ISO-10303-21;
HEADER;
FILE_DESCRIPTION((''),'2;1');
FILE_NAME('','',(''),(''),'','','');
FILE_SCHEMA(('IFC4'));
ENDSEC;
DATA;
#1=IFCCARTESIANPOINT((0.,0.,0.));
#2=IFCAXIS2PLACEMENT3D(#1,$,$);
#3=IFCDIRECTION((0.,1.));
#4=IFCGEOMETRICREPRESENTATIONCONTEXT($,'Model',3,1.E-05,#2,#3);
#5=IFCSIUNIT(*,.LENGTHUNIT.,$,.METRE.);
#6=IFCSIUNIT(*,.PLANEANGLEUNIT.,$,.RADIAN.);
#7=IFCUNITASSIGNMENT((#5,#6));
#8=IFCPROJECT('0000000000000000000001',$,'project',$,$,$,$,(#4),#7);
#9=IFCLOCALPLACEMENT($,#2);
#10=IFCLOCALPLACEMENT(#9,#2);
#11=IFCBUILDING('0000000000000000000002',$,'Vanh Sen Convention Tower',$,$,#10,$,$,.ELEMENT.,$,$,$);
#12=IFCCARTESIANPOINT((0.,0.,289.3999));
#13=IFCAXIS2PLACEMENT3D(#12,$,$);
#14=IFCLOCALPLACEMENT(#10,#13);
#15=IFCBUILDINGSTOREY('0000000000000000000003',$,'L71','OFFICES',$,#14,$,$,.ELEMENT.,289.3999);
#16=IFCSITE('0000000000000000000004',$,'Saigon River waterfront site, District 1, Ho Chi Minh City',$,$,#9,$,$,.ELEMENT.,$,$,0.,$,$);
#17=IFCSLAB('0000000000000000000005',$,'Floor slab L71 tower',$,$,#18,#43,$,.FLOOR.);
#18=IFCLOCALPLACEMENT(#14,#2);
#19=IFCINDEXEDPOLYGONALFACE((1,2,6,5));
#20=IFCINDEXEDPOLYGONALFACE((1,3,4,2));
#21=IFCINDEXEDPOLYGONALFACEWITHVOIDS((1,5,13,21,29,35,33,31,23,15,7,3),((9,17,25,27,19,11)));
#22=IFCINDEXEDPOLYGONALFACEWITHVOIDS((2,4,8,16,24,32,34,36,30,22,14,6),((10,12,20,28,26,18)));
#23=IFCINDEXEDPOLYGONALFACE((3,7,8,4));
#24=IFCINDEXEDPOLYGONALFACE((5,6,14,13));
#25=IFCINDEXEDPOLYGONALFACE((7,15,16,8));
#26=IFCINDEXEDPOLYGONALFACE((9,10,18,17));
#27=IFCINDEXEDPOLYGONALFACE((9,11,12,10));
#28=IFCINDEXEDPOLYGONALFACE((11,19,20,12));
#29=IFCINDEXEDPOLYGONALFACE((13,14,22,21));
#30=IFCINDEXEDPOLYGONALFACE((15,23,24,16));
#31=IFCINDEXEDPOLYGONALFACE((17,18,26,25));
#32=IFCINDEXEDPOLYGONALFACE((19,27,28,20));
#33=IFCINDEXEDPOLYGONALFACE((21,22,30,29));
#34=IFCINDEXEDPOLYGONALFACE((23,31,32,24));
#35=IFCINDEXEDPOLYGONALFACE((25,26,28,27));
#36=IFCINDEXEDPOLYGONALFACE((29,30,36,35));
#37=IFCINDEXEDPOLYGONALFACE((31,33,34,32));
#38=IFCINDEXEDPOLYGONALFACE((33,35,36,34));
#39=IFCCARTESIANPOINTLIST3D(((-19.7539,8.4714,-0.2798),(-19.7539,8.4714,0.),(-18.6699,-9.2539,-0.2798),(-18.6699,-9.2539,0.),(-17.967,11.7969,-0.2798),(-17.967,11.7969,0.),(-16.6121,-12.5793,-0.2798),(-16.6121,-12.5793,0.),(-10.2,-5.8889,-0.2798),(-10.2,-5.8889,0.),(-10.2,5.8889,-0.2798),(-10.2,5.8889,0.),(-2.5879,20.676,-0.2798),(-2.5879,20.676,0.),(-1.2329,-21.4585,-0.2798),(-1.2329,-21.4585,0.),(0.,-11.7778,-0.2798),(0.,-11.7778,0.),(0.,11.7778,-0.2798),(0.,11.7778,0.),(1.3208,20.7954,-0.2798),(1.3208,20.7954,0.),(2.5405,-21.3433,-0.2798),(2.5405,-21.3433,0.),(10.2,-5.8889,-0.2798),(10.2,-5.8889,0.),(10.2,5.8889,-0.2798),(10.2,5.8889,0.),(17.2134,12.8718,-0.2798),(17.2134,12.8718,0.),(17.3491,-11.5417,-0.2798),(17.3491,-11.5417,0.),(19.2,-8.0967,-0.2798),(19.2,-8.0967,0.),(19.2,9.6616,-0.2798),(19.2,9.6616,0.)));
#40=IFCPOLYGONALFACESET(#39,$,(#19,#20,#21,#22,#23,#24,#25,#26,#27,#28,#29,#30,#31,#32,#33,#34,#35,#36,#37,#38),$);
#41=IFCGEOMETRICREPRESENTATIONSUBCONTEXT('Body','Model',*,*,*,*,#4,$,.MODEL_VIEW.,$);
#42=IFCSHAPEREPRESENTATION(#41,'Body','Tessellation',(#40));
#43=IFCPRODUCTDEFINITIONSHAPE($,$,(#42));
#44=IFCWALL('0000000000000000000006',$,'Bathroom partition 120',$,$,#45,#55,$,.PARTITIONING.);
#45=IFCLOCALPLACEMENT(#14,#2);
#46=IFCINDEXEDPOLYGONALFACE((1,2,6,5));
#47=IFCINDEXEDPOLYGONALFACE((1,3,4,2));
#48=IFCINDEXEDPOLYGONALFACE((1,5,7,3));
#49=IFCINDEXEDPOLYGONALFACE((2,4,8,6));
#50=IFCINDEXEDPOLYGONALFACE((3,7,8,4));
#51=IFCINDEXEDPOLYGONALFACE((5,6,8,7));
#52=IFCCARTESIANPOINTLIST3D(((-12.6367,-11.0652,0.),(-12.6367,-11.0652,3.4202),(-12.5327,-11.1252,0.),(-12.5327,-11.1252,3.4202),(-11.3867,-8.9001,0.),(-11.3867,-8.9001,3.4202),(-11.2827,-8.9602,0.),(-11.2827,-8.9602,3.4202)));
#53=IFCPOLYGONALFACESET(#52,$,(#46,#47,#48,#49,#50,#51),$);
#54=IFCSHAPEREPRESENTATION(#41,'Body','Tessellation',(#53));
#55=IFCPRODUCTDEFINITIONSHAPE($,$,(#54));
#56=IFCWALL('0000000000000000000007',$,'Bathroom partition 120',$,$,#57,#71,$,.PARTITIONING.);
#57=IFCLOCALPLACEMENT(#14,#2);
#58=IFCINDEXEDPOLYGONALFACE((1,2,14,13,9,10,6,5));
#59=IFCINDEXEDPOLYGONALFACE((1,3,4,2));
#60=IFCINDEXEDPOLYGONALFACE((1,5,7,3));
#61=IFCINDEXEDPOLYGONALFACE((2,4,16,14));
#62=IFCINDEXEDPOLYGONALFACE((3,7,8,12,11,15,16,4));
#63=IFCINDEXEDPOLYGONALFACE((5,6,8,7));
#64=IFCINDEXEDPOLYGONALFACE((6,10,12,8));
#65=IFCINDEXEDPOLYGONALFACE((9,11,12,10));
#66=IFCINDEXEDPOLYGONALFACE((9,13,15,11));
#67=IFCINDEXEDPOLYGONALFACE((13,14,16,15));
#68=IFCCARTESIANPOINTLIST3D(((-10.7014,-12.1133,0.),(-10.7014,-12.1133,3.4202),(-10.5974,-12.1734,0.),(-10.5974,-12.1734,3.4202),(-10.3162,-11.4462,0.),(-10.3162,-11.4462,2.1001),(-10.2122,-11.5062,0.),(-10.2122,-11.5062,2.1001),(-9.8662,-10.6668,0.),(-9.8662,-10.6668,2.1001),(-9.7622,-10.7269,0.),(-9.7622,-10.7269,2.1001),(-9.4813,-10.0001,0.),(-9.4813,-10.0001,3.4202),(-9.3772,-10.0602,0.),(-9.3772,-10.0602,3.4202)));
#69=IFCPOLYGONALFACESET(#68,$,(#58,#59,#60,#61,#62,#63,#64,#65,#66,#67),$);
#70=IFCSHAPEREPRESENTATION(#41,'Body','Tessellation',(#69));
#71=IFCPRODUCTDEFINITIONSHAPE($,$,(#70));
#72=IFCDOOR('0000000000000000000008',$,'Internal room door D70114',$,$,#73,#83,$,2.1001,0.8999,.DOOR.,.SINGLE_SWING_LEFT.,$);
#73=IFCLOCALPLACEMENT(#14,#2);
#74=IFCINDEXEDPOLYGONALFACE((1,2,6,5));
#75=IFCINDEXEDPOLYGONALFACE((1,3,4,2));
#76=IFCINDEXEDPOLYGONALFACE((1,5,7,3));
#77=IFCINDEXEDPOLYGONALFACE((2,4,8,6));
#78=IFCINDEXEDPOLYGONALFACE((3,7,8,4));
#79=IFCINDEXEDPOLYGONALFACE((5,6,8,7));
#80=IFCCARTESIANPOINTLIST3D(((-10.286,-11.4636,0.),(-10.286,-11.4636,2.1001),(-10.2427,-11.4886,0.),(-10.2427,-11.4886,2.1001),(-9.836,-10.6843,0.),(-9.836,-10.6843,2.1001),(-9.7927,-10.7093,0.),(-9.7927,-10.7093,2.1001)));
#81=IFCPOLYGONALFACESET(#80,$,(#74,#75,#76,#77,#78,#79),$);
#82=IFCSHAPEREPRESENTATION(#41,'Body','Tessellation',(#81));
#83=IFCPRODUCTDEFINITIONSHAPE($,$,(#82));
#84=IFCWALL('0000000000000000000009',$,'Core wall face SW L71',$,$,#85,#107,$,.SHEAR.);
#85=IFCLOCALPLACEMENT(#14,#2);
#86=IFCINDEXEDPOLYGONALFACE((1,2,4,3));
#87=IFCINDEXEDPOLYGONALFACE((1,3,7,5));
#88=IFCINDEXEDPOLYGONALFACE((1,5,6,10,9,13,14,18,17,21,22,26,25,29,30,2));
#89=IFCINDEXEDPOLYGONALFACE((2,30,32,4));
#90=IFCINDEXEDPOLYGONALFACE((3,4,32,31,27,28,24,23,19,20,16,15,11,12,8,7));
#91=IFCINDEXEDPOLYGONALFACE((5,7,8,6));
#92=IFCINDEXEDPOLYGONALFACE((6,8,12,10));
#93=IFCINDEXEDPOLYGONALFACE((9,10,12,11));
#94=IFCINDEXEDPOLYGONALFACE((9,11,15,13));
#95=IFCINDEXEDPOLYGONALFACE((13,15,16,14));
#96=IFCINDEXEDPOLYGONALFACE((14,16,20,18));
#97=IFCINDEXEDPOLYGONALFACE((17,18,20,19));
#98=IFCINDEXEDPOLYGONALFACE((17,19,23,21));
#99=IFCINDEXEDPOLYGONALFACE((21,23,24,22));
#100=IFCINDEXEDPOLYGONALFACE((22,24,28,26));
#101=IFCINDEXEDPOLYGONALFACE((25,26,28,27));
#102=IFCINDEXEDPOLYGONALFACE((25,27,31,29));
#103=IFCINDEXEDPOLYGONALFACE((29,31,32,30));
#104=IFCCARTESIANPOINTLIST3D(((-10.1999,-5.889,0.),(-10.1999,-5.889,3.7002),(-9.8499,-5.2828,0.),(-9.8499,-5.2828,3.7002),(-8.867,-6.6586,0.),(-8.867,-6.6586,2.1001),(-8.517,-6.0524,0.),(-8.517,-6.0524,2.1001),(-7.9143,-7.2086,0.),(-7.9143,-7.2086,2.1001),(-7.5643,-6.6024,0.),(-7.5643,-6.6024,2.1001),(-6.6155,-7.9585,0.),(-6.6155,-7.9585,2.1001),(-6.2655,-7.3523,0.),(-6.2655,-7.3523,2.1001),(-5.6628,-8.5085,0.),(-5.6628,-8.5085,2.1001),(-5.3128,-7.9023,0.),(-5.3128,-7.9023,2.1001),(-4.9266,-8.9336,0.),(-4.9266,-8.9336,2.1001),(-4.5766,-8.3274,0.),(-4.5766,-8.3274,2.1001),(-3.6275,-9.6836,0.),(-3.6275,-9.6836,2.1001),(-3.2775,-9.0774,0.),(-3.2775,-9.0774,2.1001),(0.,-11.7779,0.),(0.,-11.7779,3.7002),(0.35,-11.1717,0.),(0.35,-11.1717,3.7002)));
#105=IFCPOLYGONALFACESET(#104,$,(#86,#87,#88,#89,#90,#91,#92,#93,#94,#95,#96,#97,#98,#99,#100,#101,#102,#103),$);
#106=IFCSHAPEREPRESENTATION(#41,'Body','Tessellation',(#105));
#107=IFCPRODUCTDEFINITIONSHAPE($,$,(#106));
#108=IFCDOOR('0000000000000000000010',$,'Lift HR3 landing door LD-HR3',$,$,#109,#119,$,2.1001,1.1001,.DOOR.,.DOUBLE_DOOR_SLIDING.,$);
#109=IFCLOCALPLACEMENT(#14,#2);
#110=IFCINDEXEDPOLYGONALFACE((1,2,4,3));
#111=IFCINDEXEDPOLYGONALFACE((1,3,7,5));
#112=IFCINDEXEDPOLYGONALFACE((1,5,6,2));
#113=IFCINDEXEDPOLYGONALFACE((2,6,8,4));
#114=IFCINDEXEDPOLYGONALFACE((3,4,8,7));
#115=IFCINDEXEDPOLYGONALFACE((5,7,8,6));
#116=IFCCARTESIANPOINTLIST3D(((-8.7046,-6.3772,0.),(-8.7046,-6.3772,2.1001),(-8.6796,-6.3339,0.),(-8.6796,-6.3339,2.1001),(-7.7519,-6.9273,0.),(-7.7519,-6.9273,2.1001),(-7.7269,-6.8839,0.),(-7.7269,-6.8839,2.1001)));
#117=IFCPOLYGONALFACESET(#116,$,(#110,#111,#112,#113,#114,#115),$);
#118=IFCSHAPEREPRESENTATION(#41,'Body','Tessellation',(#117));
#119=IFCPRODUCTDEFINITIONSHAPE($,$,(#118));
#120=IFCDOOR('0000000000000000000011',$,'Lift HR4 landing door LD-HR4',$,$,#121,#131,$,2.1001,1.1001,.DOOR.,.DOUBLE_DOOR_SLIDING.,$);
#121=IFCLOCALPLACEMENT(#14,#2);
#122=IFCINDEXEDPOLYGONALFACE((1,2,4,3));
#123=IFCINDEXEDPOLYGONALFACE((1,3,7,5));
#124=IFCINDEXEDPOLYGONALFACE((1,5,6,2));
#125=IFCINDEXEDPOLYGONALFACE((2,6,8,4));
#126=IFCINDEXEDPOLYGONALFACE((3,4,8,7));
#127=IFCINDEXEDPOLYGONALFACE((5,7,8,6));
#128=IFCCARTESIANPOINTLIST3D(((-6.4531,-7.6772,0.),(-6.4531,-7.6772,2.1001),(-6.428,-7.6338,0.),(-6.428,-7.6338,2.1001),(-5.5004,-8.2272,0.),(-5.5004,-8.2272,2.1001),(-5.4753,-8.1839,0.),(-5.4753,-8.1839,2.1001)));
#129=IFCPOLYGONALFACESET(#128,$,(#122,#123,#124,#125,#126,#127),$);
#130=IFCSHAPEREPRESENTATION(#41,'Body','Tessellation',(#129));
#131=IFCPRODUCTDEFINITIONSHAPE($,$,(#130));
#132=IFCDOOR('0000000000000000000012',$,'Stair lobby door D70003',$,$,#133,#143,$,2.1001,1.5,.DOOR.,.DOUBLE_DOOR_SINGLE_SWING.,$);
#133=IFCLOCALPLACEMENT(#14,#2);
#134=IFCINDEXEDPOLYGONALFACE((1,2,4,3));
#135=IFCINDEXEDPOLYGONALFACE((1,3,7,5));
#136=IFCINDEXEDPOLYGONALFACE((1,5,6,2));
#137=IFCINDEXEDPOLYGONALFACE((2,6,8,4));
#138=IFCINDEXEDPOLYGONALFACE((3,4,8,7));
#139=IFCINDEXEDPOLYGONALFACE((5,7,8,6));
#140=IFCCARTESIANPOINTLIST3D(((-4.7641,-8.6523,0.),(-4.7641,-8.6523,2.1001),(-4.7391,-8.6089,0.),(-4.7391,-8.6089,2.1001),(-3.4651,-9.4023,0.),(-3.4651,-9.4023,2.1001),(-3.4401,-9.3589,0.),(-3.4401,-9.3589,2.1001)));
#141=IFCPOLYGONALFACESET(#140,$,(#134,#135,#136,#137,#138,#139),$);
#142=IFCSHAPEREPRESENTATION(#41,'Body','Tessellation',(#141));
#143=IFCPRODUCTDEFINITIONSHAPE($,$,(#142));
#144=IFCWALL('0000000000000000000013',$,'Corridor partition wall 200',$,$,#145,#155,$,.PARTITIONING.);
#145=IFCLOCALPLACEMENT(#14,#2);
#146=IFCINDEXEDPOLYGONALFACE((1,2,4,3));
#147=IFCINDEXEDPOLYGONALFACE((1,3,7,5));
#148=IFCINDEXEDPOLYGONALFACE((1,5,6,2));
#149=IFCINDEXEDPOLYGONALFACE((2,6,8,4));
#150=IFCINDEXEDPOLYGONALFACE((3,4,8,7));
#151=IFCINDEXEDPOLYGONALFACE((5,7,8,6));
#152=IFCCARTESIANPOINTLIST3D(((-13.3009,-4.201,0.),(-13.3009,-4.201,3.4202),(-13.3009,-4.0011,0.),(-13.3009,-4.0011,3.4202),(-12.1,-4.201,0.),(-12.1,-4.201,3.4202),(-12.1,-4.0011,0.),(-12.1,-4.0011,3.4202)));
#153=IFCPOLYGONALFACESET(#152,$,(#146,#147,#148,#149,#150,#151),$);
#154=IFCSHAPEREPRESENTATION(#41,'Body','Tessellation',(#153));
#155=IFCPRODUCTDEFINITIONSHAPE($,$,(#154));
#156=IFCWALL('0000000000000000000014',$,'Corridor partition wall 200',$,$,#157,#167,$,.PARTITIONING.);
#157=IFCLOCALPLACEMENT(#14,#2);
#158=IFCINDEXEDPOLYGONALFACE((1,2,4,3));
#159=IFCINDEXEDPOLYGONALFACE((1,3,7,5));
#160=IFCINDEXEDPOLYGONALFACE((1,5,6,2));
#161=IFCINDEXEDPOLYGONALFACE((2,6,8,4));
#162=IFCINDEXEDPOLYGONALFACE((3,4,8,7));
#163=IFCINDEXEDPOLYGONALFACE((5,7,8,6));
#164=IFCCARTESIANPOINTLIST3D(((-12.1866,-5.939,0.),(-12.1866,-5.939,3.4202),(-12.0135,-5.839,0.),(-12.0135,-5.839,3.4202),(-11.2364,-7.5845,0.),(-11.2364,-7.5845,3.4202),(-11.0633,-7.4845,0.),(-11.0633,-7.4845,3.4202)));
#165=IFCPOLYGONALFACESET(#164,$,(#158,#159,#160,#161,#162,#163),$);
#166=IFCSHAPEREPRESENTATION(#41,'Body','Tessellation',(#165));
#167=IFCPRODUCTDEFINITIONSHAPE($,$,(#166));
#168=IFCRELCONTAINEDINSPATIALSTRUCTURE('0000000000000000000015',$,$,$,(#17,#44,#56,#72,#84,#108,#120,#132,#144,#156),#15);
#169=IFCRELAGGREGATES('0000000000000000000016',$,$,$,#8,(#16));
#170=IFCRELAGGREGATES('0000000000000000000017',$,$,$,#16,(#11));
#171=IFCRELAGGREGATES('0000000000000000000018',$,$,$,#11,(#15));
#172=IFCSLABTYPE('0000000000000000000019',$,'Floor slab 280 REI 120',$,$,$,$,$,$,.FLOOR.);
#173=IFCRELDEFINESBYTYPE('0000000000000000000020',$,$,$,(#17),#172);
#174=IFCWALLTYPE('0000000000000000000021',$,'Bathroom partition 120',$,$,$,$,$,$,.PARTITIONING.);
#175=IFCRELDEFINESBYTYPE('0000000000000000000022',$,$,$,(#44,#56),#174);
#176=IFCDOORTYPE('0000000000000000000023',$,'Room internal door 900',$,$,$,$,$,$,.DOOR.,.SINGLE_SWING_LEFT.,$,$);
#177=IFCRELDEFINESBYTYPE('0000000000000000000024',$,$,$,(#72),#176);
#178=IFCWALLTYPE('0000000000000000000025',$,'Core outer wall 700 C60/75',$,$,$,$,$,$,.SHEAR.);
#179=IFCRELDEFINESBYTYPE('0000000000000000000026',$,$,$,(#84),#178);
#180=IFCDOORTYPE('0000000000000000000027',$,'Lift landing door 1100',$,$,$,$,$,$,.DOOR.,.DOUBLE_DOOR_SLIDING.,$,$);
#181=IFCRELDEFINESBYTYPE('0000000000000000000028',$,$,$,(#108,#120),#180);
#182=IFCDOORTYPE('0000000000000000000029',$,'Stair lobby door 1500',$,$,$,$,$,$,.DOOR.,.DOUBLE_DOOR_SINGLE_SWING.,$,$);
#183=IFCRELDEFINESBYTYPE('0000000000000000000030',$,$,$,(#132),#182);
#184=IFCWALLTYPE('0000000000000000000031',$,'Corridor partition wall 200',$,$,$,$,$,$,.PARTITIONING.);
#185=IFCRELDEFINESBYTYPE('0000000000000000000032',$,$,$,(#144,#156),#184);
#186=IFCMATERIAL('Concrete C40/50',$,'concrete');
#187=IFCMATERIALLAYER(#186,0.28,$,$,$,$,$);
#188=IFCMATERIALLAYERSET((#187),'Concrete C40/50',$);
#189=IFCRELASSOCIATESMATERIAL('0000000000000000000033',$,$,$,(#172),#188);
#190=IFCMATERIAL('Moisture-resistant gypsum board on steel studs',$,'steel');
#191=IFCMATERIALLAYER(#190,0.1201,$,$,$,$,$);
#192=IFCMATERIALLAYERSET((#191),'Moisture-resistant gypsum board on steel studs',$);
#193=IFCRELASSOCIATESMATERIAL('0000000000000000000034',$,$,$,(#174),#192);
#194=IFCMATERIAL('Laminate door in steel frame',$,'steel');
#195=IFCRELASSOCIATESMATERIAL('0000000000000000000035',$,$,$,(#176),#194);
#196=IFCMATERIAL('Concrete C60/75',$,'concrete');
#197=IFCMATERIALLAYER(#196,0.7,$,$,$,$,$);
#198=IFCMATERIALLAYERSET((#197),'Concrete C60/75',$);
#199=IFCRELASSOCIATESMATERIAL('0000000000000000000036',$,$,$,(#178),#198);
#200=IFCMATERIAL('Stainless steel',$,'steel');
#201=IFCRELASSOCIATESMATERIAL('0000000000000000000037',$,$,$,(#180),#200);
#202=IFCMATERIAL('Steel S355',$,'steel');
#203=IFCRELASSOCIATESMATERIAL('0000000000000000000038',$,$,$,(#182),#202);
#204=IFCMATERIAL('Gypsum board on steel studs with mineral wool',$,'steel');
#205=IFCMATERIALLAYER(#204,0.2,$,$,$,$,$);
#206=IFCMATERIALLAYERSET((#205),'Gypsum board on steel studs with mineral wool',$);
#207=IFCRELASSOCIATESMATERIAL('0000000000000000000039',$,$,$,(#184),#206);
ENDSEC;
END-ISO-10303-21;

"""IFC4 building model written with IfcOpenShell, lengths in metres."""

from ifc_helpers import new_model, si_unit, direction, frame, frame_2d, origin, place, context, subcontext, project, spatial, polyline, rectangle, outline, extrude, material, layer, layer_set, type_object, element, fill, save


model = new_model("IFC4")

# Units and contexts
model_context = context("Model", 3, precision=1e-05, world=origin(), true_north=direction((0.0, 1.0)))
body_context = subcontext(model_context, "Body", "Model", "MODEL_VIEW")
ifc_project = project(units=[si_unit("LENGTHUNIT", "METRE"), si_unit("PLANEANGLEUNIT", "RADIAN")], contexts=[model_context])

# Site, building, storey
site_placement = place(None, origin())
site = spatial("IfcSite", under=ifc_project, at=site_placement, Name="Saigon River waterfront site, District 1, Ho Chi Minh City", CompositionType="ELEMENT", RefElevation=0.0)
building_placement = place(site_placement, origin())
building = spatial("IfcBuilding", under=site, at=building_placement, Name="Vanh Sen Convention Tower", CompositionType="ELEMENT")
storey_placement = place(building_placement, frame((0.0, 0.0, 289.3999)))
storey = spatial("IfcBuildingStorey", under=building, at=storey_placement, Name="L71", Description="OFFICES", CompositionType="ELEMENT", Elevation=289.3999)

# Slab
ifc_material_1 = material(Name="Concrete C40/50", Category="concrete")
ifc_layer_1 = layer(ifc_material_1, 0.28)
ifc_layer_set_1 = layer_set([ifc_layer_1], Name="Concrete C40/50")
slab_type = type_object("IfcSlabType", Name="Floor slab 280 REI 120", PredefinedType="FLOOR", material=ifc_layer_set_1)
slab_placement = place(storey_placement, frame((0.0, 0.0, -0.2798)))
element("IfcSlab", 1, at=slab_placement, inside=storey, type_object=slab_type, Name="Floor slab L71 tower", PredefinedType="FLOOR", context=body_context, shape_type="SweptSolid", body=[
    extrude(outline(polyline([(19.2, -8.0967), (19.2, 9.6616), (17.2134, 12.8718), (1.3208, 20.7954), (-2.5879, 20.676), (-17.967, 11.7969), (-19.7539, 8.4714), (-18.6699, -9.2539), (-16.6121, -12.5793), (-1.2329, -21.4585), (2.5405, -21.3433), (17.3491, -11.5417), (19.2, -8.0967)]), holes=[polyline([(0.0, 11.7778), (-10.2, 5.8889), (-10.2, -5.8889), (0.0, -11.7778), (10.2, -5.8889), (10.2, 5.8889), (0.0, 11.7778)])]), origin(), (0.0, 0.0, 1.0), 0.2798),
])

# Wall
ifc_material_2 = material(Name="Moisture-resistant gypsum board on steel studs", Category="steel")
ifc_layer_2 = layer(ifc_material_2, 0.1201)
ifc_layer_set_2 = layer_set([ifc_layer_2], Name="Moisture-resistant gypsum board on steel studs")
wall_type_1 = type_object("IfcWallType", Name="Bathroom partition 120", PredefinedType="PARTITIONING", material=ifc_layer_set_2)
wall_1_placement = place(storey_placement, frame((-12.5847, -11.0952, 0.0), z_axis=(0.0, 0.0, 1.0), x_axis=(0.500004, 0.866023, 0.0)))
element("IfcWall", 2, at=wall_1_placement, inside=storey, type_object=wall_type_1, Name="Bathroom partition 120", PredefinedType="PARTITIONING", context=body_context, shape_type="SweptSolid", body=[
    extrude(rectangle(XDim=2.5, YDim=0.1201, at=frame_2d((1.25, 0.0))), origin(), (0.0, 0.0, 1.0), 3.4202),
])

# Wall, opening, door
wall_2_placement = place(storey_placement, frame((-9.4292, -10.03, 0.0), z_axis=(0.0, 0.0, 1.0), x_axis=(-0.500034, -0.866006, 0.0)))
wall_2 = element("IfcWall", 3, at=wall_2_placement, inside=storey, type_object=wall_type_1, Name="Bathroom partition 120", PredefinedType="PARTITIONING", context=body_context, shape_type="SweptSolid", body=[
    extrude(rectangle(XDim=2.4402, YDim=0.1201, at=frame_2d((1.2202, 0.0))), origin(), (0.0, 0.0, 1.0), 3.4202),
])
opening_1_placement = place(wall_2_placement, frame((0.77, 0.0, 0.0)))
opening_1 = element("IfcOpeningElement", 4, at=opening_1_placement, cuts=wall_2, PredefinedType="OPENING", context=body_context, shape_type="SweptSolid", body=[
    extrude(rectangle(XDim=0.8999, YDim=2.1001, at=frame_2d((0.45, 1.05))), frame((0.0, 0.0701, 0.0), z_axis=(0.0, -1.0, 0.0), x_axis=(1.0, 0.0, 0.0)), (0.0, 0.0, 1.0), 0.1401),
])
ifc_material_3 = material(Name="Laminate door in steel frame", Category="steel")
door_type_1 = type_object("IfcDoorType", Name="Room internal door 900", OperationType="SINGLE_SWING_LEFT", PredefinedType="DOOR", material=ifc_material_3)
door_1_placement = place(opening_1_placement, origin())
door_1 = element("IfcDoor", 5, at=door_1_placement, inside=storey, type_object=door_type_1, Name="Internal room door D70114", OperationType="SINGLE_SWING_LEFT", OverallHeight=2.1001, OverallWidth=0.8999, PredefinedType="DOOR", context=body_context, shape_type="SweptSolid", body=[
    extrude(rectangle(XDim=0.8999, YDim=2.1001, at=frame_2d((0.45, 1.05))), frame((0.0, 0.0249, 0.0), z_axis=(0.0, -1.0, 0.0), x_axis=(1.0, 0.0, 0.0)), (0.0, 0.0, 1.0), 0.05),
])
fill(opening_1, door_1)

# Wall, openings, doors
ifc_material_4 = material(Name="Concrete C60/75", Category="concrete")
ifc_layer_3 = layer(ifc_material_4, 0.7)
ifc_layer_set_3 = layer_set([ifc_layer_3], Name="Concrete C60/75")
wall_type_2 = type_object("IfcWallType", Name="Core outer wall 700 C60/75", PredefinedType="SHEAR", material=ifc_layer_set_3)
wall_3_placement = place(storey_placement, frame((-10.0249, -5.5859, 0.0), z_axis=(0.0, 0.0, 1.0), x_axis=(0.866026, -0.499998, 0.0)))
wall_3 = element("IfcWall", 6, at=wall_3_placement, inside=storey, type_object=wall_type_2, Name="Core wall face SW L71", PredefinedType="SHEAR", context=body_context, shape_type="SweptSolid", body=[
    extrude(rectangle(XDim=11.7778, YDim=0.7, at=frame_2d((5.8889, 0.0))), origin(), (0.0, 0.0, 1.0), 3.7002),
])
opening_2_placement = place(wall_3_placement, frame((6.0891, 0.0, 0.0)))
opening_2 = element("IfcOpeningElement", 7, at=opening_2_placement, cuts=wall_3, PredefinedType="OPENING", context=body_context, shape_type="SweptSolid", body=[
    extrude(rectangle(XDim=1.5, YDim=2.1001, at=frame_2d((0.75, 1.05))), frame((0.0, 0.3599, 0.0), z_axis=(0.0, -1.0, 0.0), x_axis=(1.0, 0.0, 0.0)), (0.0, 0.0, 1.0), 0.72),
])
opening_3_placement = place(wall_3_placement, frame((1.5391, 0.0, 0.0)))
opening_3 = element("IfcOpeningElement", 8, at=opening_3_placement, cuts=wall_3, PredefinedType="OPENING", context=body_context, shape_type="SweptSolid", body=[
    extrude(rectangle(XDim=1.1001, YDim=2.1001, at=frame_2d((0.55, 1.05))), frame((0.0, 0.3599, 0.0), z_axis=(0.0, -1.0, 0.0), x_axis=(1.0, 0.0, 0.0)), (0.0, 0.0, 1.0), 0.72),
])
opening_4_placement = place(wall_3_placement, frame((4.1389, 0.0, 0.0)))
opening_4 = element("IfcOpeningElement", 9, at=opening_4_placement, cuts=wall_3, PredefinedType="OPENING", context=body_context, shape_type="SweptSolid", body=[
    extrude(rectangle(XDim=1.1001, YDim=2.1001, at=frame_2d((0.55, 1.05))), frame((0.0, 0.3599, 0.0), z_axis=(0.0, -1.0, 0.0), x_axis=(1.0, 0.0, 0.0)), (0.0, 0.0, 1.0), 0.72),
])
ifc_material_5 = material(Name="Stainless steel", Category="steel")
door_type_2 = type_object("IfcDoorType", Name="Lift landing door 1100", OperationType="DOUBLE_DOOR_SLIDING", PredefinedType="DOOR", material=ifc_material_5)
door_2_placement = place(opening_3_placement, origin())
door_2 = element("IfcDoor", 10, at=door_2_placement, inside=storey, type_object=door_type_2, Name="Lift HR3 landing door LD-HR3", OperationType="DOUBLE_DOOR_SLIDING", OverallHeight=2.1001, OverallWidth=1.1001, PredefinedType="DOOR", context=body_context, shape_type="SweptSolid", body=[
    extrude(rectangle(XDim=1.1001, YDim=2.1001, at=frame_2d((0.55, 1.05))), frame((0.0, 0.0249, 0.0), z_axis=(0.0, -1.0, 0.0), x_axis=(1.0, 0.0, 0.0)), (0.0, 0.0, 1.0), 0.05),
])
fill(opening_3, door_2)
door_3_placement = place(opening_4_placement, origin())
door_3 = element("IfcDoor", 11, at=door_3_placement, inside=storey, type_object=door_type_2, Name="Lift HR4 landing door LD-HR4", OperationType="DOUBLE_DOOR_SLIDING", OverallHeight=2.1001, OverallWidth=1.1001, PredefinedType="DOOR", context=body_context, shape_type="SweptSolid", body=[
    extrude(rectangle(XDim=1.1001, YDim=2.1001, at=frame_2d((0.55, 1.05))), frame((0.0, 0.0249, 0.0), z_axis=(0.0, -1.0, 0.0), x_axis=(1.0, 0.0, 0.0)), (0.0, 0.0, 1.0), 0.05),
])
fill(opening_4, door_3)
ifc_material_6 = material(Name="Steel S355", Category="steel")
door_type_3 = type_object("IfcDoorType", Name="Stair lobby door 1500", OperationType="DOUBLE_DOOR_SINGLE_SWING", PredefinedType="DOOR", material=ifc_material_6)
door_4_placement = place(opening_2_placement, origin())
door_4 = element("IfcDoor", 12, at=door_4_placement, inside=storey, type_object=door_type_3, Name="Stair lobby door D70003", OperationType="DOUBLE_DOOR_SINGLE_SWING", OverallHeight=2.1001, OverallWidth=1.5, PredefinedType="DOOR", context=body_context, shape_type="SweptSolid", body=[
    extrude(rectangle(XDim=1.5, YDim=2.1001, at=frame_2d((0.75, 1.05))), frame((0.0, 0.0249, 0.0), z_axis=(0.0, -1.0, 0.0), x_axis=(1.0, 0.0, 0.0)), (0.0, 0.0, 1.0), 0.05),
])
fill(opening_2, door_4)

# Walls
ifc_material_7 = material(Name="Gypsum board on steel studs with mineral wool", Category="steel")
ifc_layer_4 = layer(ifc_material_7, 0.2)
ifc_layer_set_4 = layer_set([ifc_layer_4], Name="Gypsum board on steel studs with mineral wool")
wall_type_3 = type_object("IfcWallType", Name="Corridor partition wall 200", PredefinedType="PARTITIONING", material=ifc_layer_set_4)
wall_4_placement = place(storey_placement, frame((-13.301, -4.1011, 0.0), z_axis=(0.0, 0.0, 1.0), x_axis=(1.0, 0.0, 0.0)))
element("IfcWall", 13, at=wall_4_placement, inside=storey, type_object=wall_type_3, Name="Corridor partition wall 200", PredefinedType="PARTITIONING", context=body_context, shape_type="SweptSolid", body=[
    extrude(rectangle(XDim=1.2009, YDim=0.2, at=frame_2d((0.6006, 0.0))), origin(), (0.0, 0.0, 1.0), 3.4202),
])
wall_5_placement = place(storey_placement, frame((-12.1001, -5.8889, 0.0), z_axis=(0.0, 0.0, 1.0), x_axis=(0.500064, -0.865989, 0.0)))
element("IfcWall", 14, at=wall_5_placement, inside=storey, type_object=wall_type_3, Name="Corridor partition wall 200", PredefinedType="PARTITIONING", context=body_context, shape_type="SweptSolid", body=[
    extrude(rectangle(XDim=1.9001, YDim=0.2, at=frame_2d((0.9502, 0.0))), origin(), (0.0, 0.0, 1.0), 3.4202),
])

save(model, "model.ifc")
